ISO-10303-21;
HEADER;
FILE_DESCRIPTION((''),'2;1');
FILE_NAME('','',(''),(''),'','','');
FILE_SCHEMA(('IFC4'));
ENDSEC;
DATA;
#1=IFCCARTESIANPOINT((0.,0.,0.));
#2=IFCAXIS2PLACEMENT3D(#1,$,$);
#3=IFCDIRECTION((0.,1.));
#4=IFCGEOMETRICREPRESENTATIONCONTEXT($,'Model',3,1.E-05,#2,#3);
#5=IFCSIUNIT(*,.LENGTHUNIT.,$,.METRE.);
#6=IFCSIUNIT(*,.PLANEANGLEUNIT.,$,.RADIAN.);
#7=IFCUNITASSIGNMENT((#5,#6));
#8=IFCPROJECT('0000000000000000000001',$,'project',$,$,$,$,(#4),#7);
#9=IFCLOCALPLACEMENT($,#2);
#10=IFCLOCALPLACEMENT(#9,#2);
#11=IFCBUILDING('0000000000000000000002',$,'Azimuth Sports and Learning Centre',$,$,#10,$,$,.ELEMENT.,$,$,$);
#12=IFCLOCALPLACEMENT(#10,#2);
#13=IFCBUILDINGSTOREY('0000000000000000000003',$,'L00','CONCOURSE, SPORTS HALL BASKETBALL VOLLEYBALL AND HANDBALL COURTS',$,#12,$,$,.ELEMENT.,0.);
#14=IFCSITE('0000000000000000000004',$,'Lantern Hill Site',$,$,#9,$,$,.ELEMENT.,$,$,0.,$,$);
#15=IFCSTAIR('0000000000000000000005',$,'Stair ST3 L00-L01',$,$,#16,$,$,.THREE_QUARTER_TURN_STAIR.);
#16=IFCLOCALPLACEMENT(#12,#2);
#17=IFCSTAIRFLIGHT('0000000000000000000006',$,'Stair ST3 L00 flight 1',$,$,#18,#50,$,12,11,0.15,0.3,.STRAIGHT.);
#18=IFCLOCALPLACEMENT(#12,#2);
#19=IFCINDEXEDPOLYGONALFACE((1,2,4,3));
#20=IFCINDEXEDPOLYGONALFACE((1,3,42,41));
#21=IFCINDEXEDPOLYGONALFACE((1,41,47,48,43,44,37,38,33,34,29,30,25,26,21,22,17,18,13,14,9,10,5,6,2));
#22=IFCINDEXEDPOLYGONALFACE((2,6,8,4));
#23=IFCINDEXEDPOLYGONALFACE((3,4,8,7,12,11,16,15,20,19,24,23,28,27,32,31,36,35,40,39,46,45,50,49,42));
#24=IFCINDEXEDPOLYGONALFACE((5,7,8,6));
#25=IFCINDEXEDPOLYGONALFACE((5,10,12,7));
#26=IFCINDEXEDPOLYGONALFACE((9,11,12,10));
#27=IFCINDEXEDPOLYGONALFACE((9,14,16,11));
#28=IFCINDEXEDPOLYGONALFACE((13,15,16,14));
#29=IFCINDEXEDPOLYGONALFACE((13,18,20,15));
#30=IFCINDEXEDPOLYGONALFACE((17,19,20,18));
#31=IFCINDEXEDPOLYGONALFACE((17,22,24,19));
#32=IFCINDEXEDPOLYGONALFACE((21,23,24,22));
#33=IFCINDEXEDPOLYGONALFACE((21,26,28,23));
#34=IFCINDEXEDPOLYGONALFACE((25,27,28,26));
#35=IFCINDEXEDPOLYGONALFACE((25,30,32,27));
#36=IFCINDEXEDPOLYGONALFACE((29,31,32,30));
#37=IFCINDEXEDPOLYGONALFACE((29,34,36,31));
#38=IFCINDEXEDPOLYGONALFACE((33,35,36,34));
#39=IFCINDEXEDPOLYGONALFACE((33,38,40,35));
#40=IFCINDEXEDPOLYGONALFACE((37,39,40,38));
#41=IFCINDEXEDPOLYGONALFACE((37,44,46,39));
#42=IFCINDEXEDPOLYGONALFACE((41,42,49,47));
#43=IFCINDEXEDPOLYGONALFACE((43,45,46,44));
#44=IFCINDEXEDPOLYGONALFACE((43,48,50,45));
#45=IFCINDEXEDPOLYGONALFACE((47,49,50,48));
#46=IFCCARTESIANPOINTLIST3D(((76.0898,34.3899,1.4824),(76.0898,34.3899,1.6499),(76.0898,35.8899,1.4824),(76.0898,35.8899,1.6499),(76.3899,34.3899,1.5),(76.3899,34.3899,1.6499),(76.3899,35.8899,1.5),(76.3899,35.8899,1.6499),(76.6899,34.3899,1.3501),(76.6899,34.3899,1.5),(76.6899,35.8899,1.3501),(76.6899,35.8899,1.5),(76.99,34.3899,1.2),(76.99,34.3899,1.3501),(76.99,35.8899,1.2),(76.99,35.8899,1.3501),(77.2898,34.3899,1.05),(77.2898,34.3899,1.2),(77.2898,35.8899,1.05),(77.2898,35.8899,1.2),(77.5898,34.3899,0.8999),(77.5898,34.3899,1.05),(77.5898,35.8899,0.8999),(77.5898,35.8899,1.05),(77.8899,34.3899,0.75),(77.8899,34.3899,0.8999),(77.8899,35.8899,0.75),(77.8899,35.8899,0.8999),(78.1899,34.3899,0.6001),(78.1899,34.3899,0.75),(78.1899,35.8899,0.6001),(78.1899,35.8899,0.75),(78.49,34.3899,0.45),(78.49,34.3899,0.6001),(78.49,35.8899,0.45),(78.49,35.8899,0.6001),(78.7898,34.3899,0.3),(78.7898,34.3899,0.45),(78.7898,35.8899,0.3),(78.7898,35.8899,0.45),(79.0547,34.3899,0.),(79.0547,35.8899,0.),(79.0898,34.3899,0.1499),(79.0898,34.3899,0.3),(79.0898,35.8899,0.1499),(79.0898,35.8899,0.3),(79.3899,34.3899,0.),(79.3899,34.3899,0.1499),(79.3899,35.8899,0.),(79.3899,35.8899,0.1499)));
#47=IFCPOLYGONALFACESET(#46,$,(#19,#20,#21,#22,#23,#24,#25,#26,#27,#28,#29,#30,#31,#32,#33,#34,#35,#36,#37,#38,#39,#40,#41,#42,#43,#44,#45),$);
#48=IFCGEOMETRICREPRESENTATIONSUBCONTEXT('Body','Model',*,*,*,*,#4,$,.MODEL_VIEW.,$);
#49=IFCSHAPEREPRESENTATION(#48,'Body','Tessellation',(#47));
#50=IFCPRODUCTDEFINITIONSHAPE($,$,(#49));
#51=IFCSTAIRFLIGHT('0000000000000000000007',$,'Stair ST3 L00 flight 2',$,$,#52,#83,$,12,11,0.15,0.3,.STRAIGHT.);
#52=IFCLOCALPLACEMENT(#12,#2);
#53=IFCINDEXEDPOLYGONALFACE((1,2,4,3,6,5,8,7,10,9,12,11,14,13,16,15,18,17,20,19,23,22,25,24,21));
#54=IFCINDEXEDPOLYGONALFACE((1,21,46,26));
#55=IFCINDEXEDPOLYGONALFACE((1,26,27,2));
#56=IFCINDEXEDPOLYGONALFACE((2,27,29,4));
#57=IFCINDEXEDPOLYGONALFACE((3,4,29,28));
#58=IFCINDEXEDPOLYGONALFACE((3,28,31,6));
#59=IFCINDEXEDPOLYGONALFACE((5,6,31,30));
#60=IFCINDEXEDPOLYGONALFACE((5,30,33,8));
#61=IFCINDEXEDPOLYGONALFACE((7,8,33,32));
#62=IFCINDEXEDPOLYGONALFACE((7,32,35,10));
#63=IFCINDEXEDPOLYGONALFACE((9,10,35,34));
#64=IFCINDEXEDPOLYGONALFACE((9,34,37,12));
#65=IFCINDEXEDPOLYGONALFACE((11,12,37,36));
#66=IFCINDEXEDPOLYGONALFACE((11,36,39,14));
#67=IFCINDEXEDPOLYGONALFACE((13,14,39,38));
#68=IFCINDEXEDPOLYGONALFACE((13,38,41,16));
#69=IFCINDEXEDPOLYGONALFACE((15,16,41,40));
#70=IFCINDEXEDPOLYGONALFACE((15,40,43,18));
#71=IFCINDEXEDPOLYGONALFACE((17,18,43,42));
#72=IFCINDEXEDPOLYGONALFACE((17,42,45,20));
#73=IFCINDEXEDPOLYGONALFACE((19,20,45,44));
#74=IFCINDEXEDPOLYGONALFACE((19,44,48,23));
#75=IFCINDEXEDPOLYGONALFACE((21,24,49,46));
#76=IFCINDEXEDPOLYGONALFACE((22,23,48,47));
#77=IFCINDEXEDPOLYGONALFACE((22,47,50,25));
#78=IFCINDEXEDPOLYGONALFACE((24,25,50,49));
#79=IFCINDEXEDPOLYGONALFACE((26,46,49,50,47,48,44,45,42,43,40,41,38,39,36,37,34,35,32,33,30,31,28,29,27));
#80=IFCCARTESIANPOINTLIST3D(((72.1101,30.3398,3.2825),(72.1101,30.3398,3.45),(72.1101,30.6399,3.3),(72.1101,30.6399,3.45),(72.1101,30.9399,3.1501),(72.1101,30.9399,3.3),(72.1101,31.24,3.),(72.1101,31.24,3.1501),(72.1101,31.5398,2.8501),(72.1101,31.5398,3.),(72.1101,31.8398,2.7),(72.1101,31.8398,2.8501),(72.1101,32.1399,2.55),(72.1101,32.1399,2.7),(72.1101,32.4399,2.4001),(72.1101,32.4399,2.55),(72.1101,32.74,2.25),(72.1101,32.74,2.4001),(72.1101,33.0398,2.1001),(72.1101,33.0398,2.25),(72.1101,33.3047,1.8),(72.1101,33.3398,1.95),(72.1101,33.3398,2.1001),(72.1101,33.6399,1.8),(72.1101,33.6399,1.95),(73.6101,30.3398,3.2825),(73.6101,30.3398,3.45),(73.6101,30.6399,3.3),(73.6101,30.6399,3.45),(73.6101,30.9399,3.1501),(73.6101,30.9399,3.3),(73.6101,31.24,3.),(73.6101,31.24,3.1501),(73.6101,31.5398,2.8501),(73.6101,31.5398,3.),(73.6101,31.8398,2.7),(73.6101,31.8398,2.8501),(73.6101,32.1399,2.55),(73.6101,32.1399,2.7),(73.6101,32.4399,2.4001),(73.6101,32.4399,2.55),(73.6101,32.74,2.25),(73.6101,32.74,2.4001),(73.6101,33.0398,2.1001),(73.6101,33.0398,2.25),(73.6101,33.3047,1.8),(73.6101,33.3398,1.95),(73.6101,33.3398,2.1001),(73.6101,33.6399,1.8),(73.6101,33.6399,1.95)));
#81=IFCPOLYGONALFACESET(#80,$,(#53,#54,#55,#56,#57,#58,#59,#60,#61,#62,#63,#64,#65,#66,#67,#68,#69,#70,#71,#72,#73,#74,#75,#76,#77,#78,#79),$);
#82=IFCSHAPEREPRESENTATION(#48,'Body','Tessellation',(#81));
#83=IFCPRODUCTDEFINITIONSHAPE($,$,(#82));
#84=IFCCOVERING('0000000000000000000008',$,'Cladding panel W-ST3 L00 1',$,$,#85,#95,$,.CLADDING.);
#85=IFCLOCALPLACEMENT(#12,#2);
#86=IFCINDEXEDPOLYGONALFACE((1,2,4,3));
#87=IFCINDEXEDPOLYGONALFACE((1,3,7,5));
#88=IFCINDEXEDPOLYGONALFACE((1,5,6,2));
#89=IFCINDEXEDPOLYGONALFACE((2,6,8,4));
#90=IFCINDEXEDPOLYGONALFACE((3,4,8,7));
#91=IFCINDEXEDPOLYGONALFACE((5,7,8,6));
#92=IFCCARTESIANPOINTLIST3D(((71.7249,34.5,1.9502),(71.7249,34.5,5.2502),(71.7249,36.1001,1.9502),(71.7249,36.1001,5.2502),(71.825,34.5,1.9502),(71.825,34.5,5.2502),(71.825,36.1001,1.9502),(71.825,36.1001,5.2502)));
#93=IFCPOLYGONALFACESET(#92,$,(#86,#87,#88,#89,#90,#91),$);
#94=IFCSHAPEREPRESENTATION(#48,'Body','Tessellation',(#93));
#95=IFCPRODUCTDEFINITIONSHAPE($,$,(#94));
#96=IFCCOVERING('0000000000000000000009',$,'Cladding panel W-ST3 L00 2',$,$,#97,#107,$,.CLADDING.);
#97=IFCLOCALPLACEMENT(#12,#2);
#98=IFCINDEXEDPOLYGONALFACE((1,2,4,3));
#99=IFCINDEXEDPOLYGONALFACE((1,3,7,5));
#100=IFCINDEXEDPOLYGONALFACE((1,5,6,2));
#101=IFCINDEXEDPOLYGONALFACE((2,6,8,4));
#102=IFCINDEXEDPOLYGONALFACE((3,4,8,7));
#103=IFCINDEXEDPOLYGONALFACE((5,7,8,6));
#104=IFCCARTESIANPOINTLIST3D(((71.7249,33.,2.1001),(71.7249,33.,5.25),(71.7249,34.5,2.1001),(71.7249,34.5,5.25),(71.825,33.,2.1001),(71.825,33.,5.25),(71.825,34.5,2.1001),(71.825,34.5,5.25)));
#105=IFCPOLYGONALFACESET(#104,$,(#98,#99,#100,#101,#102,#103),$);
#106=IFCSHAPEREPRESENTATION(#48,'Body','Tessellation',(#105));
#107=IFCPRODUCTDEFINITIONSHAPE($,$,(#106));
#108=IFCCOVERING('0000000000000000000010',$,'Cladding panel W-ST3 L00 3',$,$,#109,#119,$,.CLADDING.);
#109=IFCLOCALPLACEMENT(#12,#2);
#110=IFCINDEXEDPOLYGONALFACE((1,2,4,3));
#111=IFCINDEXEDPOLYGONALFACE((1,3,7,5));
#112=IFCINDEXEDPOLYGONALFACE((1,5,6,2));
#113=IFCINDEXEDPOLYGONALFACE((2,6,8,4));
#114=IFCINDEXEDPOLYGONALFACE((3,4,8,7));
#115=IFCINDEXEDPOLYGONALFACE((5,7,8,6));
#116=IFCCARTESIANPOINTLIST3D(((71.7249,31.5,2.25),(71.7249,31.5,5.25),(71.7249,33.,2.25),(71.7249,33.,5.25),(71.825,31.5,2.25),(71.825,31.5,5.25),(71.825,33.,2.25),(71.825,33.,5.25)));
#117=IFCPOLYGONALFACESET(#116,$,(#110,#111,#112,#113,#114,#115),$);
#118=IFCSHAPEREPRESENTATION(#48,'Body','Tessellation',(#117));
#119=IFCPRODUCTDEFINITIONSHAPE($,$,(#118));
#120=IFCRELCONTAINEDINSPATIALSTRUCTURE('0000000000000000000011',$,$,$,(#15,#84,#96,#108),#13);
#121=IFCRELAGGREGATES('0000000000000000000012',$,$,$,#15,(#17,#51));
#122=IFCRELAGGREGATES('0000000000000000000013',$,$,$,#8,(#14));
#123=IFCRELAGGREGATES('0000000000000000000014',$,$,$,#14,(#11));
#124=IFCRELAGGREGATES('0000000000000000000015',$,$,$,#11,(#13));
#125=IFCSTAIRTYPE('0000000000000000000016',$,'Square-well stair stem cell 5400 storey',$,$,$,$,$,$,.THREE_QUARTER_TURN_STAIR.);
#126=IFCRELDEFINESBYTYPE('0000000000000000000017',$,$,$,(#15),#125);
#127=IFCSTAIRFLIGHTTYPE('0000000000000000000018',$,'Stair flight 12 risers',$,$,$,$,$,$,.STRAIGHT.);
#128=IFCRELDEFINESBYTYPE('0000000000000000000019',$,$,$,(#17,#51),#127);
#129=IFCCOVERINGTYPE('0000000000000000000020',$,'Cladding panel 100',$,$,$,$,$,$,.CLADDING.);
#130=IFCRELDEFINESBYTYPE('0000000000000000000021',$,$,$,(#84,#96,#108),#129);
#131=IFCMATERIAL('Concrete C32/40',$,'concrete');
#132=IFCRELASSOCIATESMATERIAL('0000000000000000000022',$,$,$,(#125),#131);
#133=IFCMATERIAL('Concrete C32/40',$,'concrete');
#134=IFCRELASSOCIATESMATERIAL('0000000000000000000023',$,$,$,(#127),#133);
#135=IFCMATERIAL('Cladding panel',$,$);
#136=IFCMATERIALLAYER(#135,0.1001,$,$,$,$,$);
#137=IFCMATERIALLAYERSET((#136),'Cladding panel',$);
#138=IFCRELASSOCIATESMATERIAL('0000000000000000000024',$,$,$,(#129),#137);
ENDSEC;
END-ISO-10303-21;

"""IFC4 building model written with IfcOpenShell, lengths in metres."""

from ifc_helpers import new_model, si_unit, direction, frame, origin, origin_2d, place, context, subcontext, project, spatial, polyline, rectangle, outline, extrude, material, layer, layer_set, type_object, element, aggregate, save


model = new_model("IFC4")

# Units and contexts
model_context = context("Model", 3, precision=1e-05, world=origin(), true_north=direction((0.0, 1.0)))
body_context = subcontext(model_context, "Body", "Model", "MODEL_VIEW")
ifc_project = project(units=[si_unit("LENGTHUNIT", "METRE"), si_unit("PLANEANGLEUNIT", "RADIAN")], contexts=[model_context])

# Site, building, storey
site_placement = place(None, origin())
site = spatial("IfcSite", under=ifc_project, at=site_placement, Name="Lantern Hill Site", CompositionType="ELEMENT", RefElevation=0.0)
building_placement = place(site_placement, origin())
building = spatial("IfcBuilding", under=site, at=building_placement, Name="Azimuth Sports and Learning Centre", CompositionType="ELEMENT")
storey_placement = place(building_placement, origin())
storey = spatial("IfcBuildingStorey", under=building, at=storey_placement, Name="L00", Description="CONCOURSE, SPORTS HALL BASKETBALL VOLLEYBALL AND HANDBALL COURTS", CompositionType="ELEMENT", Elevation=0.0)

# Stair, stair flights
ifc_material_1 = material(Name="Concrete C32/40", Category="concrete")
stair_type = type_object("IfcStairType", Name="Square-well stair stem cell 5400 storey", PredefinedType="THREE_QUARTER_TURN_STAIR", material=ifc_material_1)
stair_placement = place(storey_placement, origin())
stair = element("IfcStair", 1, at=stair_placement, inside=storey, type_object=stair_type, Name="Stair ST3 L00-L01", PredefinedType="THREE_QUARTER_TURN_STAIR")
ifc_material_2 = material(Name="Concrete C32/40", Category="concrete")
stair_flight_type = type_object("IfcStairFlightType", Name="Stair flight 12 risers", PredefinedType="STRAIGHT", material=ifc_material_2)
stair_flight_1_placement = place(storey_placement, frame((79.3899, 35.1399, 0.0), z_axis=(0.0, 0.0, 1.0), x_axis=(-1.0, 0.0, 0.0)))
stair_flight_1 = element("IfcStairFlight", 2, at=stair_flight_1_placement, type_object=stair_flight_type, Name="Stair ST3 L00 flight 1", NumberOfRisers=12, NumberOfTreads=11, PredefinedType="STRAIGHT", RiserHeight=0.15, TreadLength=0.3, context=body_context, shape_type="SweptSolid", body=[
    extrude(outline(polyline([(0.0, 0.0), (0.0, 0.1499), (0.3, 0.1499), (0.3, 0.3), (0.6001, 0.3), (0.6001, 0.45), (0.8999, 0.45), (0.8999, 0.6001), (1.2, 0.6001), (1.2, 0.75), (1.5, 0.75), (1.5, 0.8999), (1.8, 0.8999), (1.8, 1.05), (2.1001, 1.05), (2.1001, 1.2), (2.3999, 1.2), (2.3999, 1.3501), (2.7, 1.3501), (2.7, 1.5), (3.0, 1.5), (3.0, 1.6499), (3.3, 1.6499), (3.3, 1.8), (3.3, 1.4824), (0.3352, 0.0), (0.0, 0.0)])), frame((0.0, 0.75, 0.0), z_axis=(0.0, -1.0, 0.0), x_axis=(1.0, 0.0, 0.0)), (0.0, 0.0, 1.0), 1.5),
])
stair_flight_2_placement = place(storey_placement, frame((72.8601, 33.6399, 1.8), z_axis=(0.0, 0.0, 1.0), x_axis=(0.0, -1.0, 0.0)))
stair_flight_2 = element("IfcStairFlight", 3, at=stair_flight_2_placement, type_object=stair_flight_type, Name="Stair ST3 L00 flight 2", NumberOfRisers=12, NumberOfTreads=11, PredefinedType="STRAIGHT", RiserHeight=0.15, TreadLength=0.3, context=body_context, shape_type="SweptSolid", body=[
    extrude(outline(polyline([(0.0, 0.0), (0.0, 0.1499), (0.3, 0.1499), (0.3, 0.3), (0.6001, 0.3), (0.6001, 0.45), (0.8999, 0.45), (0.8999, 0.6001), (1.2, 0.6001), (1.2, 0.75), (1.5, 0.75), (1.5, 0.8999), (1.8, 0.8999), (1.8, 1.05), (2.1001, 1.05), (2.1001, 1.2), (2.3999, 1.2), (2.3999, 1.3501), (2.7, 1.3501), (2.7, 1.5), (3.0, 1.5), (3.0, 1.6499), (3.3, 1.6499), (3.3, 1.8), (3.3, 1.4824), (0.3352, 0.0), (0.0, 0.0)])), frame((0.0, 0.75, 0.0), z_axis=(0.0, -1.0, 0.0), x_axis=(1.0, 0.0, 0.0)), (0.0, 0.0, 1.0), 1.5),
])
aggregate(stair, [stair_flight_1, stair_flight_2])

# Coverings
ifc_material_3 = material(Name="Cladding panel")
ifc_layer_1 = layer(ifc_material_3, 0.1001)
ifc_layer_set_1 = layer_set([ifc_layer_1], Name="Cladding panel")
covering_type = type_object("IfcCoveringType", Name="Cladding panel 100", PredefinedType="CLADDING", material=ifc_layer_set_1)
covering_1_placement = place(storey_placement, frame((71.7749, 35.3, 1.9502), z_axis=(0.0, 0.0, 1.0), x_axis=(0.0, -1.0, 0.0)))
element("IfcCovering", 4, at=covering_1_placement, inside=storey, type_object=covering_type, Name="Cladding panel W-ST3 L00 1", PredefinedType="CLADDING", context=body_context, shape_type="SweptSolid", body=[
    extrude(rectangle(XDim=1.6001, YDim=0.1001, at=origin_2d()), origin(), (0.0, 0.0, 1.0), 3.3),
])
covering_2_placement = place(storey_placement, frame((71.7749, 33.75, 2.1001), z_axis=(0.0, 0.0, 1.0), x_axis=(0.0, -1.0, 0.0)))
element("IfcCovering", 5, at=covering_2_placement, inside=storey, type_object=covering_type, Name="Cladding panel W-ST3 L00 2", PredefinedType="CLADDING", context=body_context, shape_type="SweptSolid", body=[
    extrude(rectangle(XDim=1.5, YDim=0.1001, at=origin_2d()), origin(), (0.0, 0.0, 1.0), 3.1499),
])
covering_3_placement = place(storey_placement, frame((71.7749, 32.25, 2.25), z_axis=(0.0, 0.0, 1.0), x_axis=(0.0, -1.0, 0.0)))
element("IfcCovering", 6, at=covering_3_placement, inside=storey, type_object=covering_type, Name="Cladding panel W-ST3 L00 3", PredefinedType="CLADDING", context=body_context, shape_type="SweptSolid", body=[
    extrude(rectangle(XDim=1.5, YDim=0.1001, at=origin_2d()), origin(), (0.0, 0.0, 1.0), 3.0),
])

save(model, "model.ifc")
